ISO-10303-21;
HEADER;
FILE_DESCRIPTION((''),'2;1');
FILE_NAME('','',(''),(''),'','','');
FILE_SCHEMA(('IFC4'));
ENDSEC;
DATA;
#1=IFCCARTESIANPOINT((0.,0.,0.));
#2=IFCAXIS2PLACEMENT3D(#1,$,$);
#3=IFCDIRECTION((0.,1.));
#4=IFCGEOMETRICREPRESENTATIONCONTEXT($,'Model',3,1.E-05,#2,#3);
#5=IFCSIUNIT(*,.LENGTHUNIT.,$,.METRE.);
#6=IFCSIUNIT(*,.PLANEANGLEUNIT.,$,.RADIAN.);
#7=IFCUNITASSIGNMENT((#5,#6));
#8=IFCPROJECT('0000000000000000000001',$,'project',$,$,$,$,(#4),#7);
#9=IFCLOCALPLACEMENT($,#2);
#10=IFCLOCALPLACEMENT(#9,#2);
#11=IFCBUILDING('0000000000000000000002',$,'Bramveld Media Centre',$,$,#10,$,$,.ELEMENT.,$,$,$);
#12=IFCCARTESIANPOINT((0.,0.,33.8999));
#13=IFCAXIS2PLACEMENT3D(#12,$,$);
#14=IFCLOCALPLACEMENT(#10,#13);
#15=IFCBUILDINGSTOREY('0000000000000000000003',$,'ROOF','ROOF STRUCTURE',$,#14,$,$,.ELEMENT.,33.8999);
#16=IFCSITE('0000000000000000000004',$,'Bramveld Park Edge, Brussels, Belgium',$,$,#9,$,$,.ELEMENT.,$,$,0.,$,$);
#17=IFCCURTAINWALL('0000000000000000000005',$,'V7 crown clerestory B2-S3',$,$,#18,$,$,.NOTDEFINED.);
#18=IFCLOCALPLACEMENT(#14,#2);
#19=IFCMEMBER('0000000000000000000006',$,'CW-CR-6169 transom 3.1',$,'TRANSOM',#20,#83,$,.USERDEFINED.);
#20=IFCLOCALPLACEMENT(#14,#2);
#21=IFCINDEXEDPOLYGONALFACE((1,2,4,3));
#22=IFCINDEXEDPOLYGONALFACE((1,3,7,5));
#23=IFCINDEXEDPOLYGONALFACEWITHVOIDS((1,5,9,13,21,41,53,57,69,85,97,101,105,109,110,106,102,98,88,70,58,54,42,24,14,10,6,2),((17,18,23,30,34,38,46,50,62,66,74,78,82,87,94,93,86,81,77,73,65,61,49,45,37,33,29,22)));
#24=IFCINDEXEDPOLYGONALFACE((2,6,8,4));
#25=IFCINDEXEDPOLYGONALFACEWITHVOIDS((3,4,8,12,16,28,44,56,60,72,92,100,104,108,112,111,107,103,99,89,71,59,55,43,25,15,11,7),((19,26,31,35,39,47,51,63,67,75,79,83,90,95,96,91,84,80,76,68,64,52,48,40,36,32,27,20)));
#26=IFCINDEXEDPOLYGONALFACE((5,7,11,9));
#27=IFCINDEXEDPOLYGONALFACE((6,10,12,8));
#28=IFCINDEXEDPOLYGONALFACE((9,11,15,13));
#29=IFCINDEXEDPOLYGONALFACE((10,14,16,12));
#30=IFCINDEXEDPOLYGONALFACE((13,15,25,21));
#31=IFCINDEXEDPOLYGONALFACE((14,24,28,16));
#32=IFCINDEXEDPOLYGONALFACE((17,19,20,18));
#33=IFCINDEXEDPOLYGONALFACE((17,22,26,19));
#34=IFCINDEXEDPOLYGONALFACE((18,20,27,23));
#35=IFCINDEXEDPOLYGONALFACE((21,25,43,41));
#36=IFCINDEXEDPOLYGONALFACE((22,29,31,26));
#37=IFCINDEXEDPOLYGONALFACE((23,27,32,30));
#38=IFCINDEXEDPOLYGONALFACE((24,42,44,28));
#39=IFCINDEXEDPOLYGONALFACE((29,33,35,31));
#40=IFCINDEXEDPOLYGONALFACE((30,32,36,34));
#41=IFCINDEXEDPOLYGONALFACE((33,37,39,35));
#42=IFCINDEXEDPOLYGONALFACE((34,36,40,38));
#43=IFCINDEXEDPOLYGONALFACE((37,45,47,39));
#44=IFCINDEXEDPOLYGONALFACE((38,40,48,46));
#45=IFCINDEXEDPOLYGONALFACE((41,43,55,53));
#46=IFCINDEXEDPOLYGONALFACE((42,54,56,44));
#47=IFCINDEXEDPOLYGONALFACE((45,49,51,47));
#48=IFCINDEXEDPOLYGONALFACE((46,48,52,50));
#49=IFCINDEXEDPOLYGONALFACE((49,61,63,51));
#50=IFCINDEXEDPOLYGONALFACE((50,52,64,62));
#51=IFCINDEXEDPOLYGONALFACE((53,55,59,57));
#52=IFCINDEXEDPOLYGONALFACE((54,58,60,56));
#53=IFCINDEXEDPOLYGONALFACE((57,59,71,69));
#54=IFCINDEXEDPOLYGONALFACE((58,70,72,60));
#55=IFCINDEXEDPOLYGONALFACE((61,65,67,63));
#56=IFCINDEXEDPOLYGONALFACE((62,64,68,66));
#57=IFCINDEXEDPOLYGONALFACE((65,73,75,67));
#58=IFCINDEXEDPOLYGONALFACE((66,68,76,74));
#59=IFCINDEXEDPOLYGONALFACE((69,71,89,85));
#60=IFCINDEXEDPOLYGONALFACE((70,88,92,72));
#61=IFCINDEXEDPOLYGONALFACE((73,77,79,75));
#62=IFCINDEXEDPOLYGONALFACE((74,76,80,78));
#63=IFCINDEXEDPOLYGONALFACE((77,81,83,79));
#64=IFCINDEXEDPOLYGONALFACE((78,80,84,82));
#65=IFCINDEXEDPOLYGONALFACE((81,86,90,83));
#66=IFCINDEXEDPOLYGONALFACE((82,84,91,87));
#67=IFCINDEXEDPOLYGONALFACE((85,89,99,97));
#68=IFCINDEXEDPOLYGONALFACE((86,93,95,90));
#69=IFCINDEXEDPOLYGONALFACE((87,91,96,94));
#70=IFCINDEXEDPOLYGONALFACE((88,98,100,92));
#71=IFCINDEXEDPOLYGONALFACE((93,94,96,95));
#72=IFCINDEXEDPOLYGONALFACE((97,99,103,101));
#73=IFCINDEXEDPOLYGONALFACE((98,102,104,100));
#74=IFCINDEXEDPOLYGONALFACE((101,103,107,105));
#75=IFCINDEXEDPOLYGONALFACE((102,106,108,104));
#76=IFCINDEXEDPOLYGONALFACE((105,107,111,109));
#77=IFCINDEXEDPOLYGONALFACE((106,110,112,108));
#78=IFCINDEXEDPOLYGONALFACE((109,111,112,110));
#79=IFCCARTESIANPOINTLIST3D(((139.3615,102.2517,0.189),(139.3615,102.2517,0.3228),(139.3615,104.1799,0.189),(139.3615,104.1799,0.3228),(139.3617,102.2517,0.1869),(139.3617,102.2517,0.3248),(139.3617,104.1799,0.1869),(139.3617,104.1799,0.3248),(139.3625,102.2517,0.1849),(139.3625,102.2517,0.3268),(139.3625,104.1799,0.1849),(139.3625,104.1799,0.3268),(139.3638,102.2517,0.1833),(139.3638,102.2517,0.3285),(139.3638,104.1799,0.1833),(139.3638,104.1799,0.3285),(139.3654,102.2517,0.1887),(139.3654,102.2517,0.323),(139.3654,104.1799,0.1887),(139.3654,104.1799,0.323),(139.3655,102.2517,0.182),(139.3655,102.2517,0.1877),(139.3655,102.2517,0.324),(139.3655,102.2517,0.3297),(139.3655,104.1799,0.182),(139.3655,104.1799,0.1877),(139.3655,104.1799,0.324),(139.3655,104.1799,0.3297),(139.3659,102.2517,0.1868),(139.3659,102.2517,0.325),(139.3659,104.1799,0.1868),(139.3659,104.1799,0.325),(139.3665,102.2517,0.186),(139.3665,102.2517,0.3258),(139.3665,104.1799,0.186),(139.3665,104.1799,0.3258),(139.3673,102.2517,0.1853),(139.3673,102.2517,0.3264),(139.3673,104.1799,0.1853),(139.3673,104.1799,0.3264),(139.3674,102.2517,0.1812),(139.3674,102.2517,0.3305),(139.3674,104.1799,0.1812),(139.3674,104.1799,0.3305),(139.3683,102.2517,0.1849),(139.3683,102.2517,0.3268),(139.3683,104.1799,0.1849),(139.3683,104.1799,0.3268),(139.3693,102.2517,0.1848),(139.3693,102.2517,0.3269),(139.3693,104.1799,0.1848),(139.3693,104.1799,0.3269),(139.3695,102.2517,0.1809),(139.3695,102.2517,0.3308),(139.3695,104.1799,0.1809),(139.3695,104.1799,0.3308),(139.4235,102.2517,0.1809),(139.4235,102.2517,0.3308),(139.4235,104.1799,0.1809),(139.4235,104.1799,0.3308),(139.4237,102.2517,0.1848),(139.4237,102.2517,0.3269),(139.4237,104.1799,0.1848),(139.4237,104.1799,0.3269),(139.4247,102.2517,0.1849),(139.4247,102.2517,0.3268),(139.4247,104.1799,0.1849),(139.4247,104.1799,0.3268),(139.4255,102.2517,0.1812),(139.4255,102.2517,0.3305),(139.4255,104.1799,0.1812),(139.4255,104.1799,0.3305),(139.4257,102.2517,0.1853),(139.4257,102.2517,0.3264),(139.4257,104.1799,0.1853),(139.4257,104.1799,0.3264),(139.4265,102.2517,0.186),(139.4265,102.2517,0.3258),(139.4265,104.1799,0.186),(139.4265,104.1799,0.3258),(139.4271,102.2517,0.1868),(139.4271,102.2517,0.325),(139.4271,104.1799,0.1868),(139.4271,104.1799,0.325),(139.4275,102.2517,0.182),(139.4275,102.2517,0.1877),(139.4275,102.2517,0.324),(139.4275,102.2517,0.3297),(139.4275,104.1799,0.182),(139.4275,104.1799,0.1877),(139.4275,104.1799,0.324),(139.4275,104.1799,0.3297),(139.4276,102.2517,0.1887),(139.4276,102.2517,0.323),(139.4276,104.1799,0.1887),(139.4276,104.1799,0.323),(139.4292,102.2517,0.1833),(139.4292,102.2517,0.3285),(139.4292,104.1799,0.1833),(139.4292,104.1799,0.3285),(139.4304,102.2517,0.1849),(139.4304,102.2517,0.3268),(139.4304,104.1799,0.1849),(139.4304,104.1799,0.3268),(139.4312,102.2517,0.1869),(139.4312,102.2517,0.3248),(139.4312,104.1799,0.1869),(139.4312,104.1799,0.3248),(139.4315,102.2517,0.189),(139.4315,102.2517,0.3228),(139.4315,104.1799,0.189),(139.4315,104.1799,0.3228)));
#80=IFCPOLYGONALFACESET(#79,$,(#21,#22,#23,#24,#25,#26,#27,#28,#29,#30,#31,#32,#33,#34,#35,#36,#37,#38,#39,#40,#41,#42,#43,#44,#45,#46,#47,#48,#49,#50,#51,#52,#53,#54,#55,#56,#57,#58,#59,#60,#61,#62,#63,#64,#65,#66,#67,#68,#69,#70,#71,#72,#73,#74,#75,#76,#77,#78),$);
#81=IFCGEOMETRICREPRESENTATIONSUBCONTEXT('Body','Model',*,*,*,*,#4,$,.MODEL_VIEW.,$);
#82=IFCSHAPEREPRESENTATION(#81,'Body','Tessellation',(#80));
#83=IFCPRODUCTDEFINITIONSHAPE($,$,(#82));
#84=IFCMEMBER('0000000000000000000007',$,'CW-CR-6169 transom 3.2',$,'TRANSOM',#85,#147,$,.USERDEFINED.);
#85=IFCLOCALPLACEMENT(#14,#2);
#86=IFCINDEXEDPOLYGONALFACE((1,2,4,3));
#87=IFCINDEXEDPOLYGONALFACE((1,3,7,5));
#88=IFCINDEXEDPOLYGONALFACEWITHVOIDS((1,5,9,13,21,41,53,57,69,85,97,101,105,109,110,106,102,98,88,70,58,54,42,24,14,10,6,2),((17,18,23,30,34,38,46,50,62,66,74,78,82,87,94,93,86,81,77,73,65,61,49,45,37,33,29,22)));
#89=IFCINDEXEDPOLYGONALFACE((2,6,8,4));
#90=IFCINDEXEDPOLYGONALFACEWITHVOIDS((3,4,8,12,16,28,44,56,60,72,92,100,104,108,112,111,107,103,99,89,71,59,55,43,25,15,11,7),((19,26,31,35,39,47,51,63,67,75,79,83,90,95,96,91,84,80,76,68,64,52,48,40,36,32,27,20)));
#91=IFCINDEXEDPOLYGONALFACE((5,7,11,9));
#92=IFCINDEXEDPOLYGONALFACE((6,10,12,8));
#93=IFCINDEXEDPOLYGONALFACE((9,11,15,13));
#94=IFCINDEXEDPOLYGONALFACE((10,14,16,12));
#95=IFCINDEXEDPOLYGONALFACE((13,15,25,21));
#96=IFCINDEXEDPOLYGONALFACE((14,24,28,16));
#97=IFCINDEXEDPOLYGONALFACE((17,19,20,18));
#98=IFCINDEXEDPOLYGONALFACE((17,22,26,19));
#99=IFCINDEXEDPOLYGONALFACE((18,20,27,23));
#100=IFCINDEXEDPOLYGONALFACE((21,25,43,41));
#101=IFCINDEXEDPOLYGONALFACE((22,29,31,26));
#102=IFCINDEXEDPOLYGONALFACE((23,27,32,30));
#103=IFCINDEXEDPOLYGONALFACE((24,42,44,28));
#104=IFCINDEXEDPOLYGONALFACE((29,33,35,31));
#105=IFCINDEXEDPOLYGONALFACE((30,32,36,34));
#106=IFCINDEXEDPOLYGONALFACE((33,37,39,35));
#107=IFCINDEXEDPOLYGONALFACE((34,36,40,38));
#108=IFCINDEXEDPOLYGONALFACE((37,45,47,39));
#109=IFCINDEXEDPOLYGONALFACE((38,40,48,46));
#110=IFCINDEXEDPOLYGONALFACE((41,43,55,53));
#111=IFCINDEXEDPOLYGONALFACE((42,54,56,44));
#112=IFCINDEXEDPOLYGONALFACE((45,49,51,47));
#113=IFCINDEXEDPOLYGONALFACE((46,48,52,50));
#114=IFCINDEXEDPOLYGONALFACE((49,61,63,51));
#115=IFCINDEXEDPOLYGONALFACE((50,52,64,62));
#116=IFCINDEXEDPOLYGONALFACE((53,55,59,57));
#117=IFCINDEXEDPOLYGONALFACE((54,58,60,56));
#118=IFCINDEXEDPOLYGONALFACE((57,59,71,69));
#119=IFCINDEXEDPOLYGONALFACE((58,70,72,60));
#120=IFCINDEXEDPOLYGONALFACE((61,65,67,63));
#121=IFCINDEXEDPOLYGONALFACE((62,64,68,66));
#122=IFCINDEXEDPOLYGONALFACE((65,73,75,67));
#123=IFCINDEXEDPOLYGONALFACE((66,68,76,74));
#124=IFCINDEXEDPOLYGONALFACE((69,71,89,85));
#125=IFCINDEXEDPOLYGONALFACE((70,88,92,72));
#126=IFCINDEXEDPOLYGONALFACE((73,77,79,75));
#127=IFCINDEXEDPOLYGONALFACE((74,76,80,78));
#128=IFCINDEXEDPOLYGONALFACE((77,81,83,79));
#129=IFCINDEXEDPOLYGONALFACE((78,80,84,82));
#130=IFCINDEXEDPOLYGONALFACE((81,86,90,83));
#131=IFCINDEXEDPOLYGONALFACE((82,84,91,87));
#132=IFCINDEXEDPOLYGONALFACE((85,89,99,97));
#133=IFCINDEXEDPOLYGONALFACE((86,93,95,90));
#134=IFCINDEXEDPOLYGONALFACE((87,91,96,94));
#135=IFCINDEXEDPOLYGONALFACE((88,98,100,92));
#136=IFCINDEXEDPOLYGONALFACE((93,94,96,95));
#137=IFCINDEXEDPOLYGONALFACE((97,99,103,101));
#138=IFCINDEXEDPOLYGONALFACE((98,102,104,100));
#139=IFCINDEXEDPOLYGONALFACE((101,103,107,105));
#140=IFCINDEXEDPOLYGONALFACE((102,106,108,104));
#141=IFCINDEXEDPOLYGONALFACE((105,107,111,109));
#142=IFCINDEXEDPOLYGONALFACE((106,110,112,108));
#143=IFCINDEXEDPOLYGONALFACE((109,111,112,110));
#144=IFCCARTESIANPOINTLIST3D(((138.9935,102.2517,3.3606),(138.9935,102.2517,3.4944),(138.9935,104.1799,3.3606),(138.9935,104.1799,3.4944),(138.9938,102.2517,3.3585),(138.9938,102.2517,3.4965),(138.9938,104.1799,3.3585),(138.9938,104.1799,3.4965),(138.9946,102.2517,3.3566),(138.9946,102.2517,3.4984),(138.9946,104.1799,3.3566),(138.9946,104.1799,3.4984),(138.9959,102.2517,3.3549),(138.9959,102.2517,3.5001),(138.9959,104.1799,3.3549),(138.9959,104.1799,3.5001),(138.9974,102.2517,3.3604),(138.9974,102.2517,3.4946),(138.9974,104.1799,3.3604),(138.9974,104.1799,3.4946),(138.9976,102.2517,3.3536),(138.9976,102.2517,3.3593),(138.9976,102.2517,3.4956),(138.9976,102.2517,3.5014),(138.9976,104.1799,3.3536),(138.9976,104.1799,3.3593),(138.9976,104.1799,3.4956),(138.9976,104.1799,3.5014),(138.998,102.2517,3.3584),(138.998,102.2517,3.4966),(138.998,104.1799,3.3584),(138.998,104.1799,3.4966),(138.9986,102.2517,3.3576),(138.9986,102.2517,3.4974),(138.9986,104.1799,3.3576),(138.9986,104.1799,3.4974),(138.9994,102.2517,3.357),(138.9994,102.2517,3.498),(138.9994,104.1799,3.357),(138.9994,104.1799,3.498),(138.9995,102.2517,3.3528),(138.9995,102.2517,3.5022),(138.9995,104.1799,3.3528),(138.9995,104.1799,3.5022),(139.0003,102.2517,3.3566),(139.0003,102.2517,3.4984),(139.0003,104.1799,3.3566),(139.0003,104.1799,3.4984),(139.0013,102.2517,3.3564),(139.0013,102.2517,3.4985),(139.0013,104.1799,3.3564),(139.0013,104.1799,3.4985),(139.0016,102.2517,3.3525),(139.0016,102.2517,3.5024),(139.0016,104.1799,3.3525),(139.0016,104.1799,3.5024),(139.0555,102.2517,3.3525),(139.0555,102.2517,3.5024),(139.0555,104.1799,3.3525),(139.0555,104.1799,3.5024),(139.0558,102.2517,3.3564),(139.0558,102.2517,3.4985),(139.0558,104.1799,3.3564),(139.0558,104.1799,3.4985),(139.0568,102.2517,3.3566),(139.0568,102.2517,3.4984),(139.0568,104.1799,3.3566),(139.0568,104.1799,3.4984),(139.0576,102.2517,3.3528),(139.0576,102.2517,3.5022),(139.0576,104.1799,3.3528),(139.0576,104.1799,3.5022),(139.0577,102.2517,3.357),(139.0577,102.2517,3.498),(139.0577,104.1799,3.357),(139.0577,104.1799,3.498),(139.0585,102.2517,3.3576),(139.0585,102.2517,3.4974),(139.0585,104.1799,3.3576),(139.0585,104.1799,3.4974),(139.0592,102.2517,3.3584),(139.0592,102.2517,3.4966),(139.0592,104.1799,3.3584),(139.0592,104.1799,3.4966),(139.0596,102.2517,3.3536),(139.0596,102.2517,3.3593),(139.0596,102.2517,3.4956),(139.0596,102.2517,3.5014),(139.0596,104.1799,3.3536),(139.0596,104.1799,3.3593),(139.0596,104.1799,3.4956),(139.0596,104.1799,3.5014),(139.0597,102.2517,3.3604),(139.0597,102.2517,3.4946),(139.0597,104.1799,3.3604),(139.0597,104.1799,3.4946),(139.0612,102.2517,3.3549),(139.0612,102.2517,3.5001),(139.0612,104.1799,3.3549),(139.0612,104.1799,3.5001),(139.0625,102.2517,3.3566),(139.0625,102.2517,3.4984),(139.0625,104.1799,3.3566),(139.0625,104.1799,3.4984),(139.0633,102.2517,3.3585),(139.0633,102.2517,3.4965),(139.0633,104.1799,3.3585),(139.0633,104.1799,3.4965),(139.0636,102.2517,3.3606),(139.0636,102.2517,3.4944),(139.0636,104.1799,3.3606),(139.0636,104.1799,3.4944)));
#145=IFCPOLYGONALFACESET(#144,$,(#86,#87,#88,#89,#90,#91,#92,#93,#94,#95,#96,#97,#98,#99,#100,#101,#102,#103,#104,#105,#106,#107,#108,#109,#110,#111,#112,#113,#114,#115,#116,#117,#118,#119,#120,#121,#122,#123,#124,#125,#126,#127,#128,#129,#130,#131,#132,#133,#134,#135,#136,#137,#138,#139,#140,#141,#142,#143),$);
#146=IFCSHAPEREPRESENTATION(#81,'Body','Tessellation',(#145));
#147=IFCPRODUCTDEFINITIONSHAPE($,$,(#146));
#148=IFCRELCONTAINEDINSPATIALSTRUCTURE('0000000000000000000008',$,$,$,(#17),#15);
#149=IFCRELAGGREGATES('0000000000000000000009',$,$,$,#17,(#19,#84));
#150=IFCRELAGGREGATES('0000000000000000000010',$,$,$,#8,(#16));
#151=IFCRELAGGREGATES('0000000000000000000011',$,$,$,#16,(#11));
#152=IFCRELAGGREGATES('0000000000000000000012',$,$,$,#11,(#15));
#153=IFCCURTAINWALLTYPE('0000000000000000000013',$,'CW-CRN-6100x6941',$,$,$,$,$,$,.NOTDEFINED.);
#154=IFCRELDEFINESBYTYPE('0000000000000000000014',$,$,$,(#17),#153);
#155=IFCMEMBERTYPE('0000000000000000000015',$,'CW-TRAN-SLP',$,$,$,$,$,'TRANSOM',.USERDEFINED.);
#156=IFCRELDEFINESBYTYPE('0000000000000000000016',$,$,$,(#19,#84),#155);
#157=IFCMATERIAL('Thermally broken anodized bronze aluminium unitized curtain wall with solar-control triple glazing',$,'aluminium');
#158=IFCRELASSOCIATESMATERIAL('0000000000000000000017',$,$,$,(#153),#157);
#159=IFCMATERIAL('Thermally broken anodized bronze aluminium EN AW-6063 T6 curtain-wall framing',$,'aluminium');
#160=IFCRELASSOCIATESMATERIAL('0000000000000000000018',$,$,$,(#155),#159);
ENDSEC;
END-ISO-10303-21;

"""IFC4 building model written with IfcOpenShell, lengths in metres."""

from ifc_helpers import new_model, si_unit, direction, frame, origin, origin_2d, place, context, subcontext, project, spatial, hollow_rectangle, extrude, material, material_profile, profile_set, type_object, element, aggregate, save


model = new_model("IFC4")

# Units and contexts
model_context = context("Model", 3, precision=1e-05, world=origin(), true_north=direction((0.0, 1.0)))
body_context = subcontext(model_context, "Body", "Model", "MODEL_VIEW")
ifc_project = project(units=[si_unit("LENGTHUNIT", "METRE"), si_unit("PLANEANGLEUNIT", "RADIAN")], contexts=[model_context])

# Site, building, storey
site_placement = place(None, origin())
site = spatial("IfcSite", under=ifc_project, at=site_placement, Name="Bramveld Park Edge, Brussels, Belgium", CompositionType="ELEMENT", RefElevation=0.0)
building_placement = place(site_placement, origin())
building = spatial("IfcBuilding", under=site, at=building_placement, Name="Bramveld Media Centre", CompositionType="ELEMENT")
storey_placement = place(building_placement, frame((0.0, 0.0, 33.8999)))
storey = spatial("IfcBuildingStorey", under=building, at=storey_placement, Name="ROOF", Description="ROOF STRUCTURE", CompositionType="ELEMENT", Elevation=33.8999)

# Curtain wall, members
ifc_material_1 = material(Name="Thermally broken anodized bronze aluminium unitized curtain wall with solar-control triple glazing", Category="aluminium")
curtain_wall_type = type_object("IfcCurtainWallType", Name="CW-CRN-6100x6941", PredefinedType="NOTDEFINED", material=ifc_material_1)
curtain_wall_placement = place(storey_placement, origin())
curtain_wall = element("IfcCurtainWall", 1, at=curtain_wall_placement, inside=storey, type_object=curtain_wall_type, Name="V7 crown clerestory B2-S3", PredefinedType="NOTDEFINED")
ifc_material_2 = material(Name="Thermally broken anodized bronze aluminium EN AW-6063 T6 curtain-wall framing", Category="aluminium")
ifc_material_profile_1 = material_profile(ifc_material_2, hollow_rectangle(XDim=0.0701, YDim=0.1499, WallThickness=0.0039, InnerFilletRadius=0.0039, OuterFilletRadius=0.0081, at=origin_2d()), Name="AL-TRAN 70x150")
ifc_profile_set_1 = profile_set([ifc_material_profile_1], Name="Thermally broken anodized bronze aluminium EN AW-6063 T6 curtain-wall framing")
member_type_1 = type_object("IfcMemberType", Name="CW-TRAN-SLP", ElementType="TRANSOM", PredefinedType="USERDEFINED", material=ifc_profile_set_1)
member_1_placement = place(storey_placement, frame((139.3965, 102.2517, 0.2559), z_axis=(0.0, 1.0, 0.0), x_axis=(-1.0, 0.0, 0.0)))
member_1 = element("IfcMember", 2, at=member_1_placement, type_object=member_type_1, Name="CW-CR-6169 transom 3.1", ObjectType="TRANSOM", PredefinedType="USERDEFINED", context=body_context, shape_type="SweptSolid", body=[
    extrude(hollow_rectangle(XDim=0.0701, YDim=0.1499, WallThickness=0.0039, InnerFilletRadius=0.0039, OuterFilletRadius=0.0081, at=origin_2d()), origin(), (0.0, 0.0, 1.0), 1.9282),
])
member_2_placement = place(storey_placement, frame((139.0286, 102.2517, 3.4275), z_axis=(0.0, 1.0, 0.0), x_axis=(-1.0, 0.0, 0.0)))
member_2 = element("IfcMember", 3, at=member_2_placement, type_object=member_type_1, Name="CW-CR-6169 transom 3.2", ObjectType="TRANSOM", PredefinedType="USERDEFINED", context=body_context, shape_type="SweptSolid", body=[
    extrude(hollow_rectangle(XDim=0.0701, YDim=0.1499, WallThickness=0.0039, InnerFilletRadius=0.0039, OuterFilletRadius=0.0081, at=origin_2d()), origin(), (0.0, 0.0, 1.0), 1.9282),
])

aggregate(curtain_wall, [member_1, member_2])

save(model, "model.ifc")
